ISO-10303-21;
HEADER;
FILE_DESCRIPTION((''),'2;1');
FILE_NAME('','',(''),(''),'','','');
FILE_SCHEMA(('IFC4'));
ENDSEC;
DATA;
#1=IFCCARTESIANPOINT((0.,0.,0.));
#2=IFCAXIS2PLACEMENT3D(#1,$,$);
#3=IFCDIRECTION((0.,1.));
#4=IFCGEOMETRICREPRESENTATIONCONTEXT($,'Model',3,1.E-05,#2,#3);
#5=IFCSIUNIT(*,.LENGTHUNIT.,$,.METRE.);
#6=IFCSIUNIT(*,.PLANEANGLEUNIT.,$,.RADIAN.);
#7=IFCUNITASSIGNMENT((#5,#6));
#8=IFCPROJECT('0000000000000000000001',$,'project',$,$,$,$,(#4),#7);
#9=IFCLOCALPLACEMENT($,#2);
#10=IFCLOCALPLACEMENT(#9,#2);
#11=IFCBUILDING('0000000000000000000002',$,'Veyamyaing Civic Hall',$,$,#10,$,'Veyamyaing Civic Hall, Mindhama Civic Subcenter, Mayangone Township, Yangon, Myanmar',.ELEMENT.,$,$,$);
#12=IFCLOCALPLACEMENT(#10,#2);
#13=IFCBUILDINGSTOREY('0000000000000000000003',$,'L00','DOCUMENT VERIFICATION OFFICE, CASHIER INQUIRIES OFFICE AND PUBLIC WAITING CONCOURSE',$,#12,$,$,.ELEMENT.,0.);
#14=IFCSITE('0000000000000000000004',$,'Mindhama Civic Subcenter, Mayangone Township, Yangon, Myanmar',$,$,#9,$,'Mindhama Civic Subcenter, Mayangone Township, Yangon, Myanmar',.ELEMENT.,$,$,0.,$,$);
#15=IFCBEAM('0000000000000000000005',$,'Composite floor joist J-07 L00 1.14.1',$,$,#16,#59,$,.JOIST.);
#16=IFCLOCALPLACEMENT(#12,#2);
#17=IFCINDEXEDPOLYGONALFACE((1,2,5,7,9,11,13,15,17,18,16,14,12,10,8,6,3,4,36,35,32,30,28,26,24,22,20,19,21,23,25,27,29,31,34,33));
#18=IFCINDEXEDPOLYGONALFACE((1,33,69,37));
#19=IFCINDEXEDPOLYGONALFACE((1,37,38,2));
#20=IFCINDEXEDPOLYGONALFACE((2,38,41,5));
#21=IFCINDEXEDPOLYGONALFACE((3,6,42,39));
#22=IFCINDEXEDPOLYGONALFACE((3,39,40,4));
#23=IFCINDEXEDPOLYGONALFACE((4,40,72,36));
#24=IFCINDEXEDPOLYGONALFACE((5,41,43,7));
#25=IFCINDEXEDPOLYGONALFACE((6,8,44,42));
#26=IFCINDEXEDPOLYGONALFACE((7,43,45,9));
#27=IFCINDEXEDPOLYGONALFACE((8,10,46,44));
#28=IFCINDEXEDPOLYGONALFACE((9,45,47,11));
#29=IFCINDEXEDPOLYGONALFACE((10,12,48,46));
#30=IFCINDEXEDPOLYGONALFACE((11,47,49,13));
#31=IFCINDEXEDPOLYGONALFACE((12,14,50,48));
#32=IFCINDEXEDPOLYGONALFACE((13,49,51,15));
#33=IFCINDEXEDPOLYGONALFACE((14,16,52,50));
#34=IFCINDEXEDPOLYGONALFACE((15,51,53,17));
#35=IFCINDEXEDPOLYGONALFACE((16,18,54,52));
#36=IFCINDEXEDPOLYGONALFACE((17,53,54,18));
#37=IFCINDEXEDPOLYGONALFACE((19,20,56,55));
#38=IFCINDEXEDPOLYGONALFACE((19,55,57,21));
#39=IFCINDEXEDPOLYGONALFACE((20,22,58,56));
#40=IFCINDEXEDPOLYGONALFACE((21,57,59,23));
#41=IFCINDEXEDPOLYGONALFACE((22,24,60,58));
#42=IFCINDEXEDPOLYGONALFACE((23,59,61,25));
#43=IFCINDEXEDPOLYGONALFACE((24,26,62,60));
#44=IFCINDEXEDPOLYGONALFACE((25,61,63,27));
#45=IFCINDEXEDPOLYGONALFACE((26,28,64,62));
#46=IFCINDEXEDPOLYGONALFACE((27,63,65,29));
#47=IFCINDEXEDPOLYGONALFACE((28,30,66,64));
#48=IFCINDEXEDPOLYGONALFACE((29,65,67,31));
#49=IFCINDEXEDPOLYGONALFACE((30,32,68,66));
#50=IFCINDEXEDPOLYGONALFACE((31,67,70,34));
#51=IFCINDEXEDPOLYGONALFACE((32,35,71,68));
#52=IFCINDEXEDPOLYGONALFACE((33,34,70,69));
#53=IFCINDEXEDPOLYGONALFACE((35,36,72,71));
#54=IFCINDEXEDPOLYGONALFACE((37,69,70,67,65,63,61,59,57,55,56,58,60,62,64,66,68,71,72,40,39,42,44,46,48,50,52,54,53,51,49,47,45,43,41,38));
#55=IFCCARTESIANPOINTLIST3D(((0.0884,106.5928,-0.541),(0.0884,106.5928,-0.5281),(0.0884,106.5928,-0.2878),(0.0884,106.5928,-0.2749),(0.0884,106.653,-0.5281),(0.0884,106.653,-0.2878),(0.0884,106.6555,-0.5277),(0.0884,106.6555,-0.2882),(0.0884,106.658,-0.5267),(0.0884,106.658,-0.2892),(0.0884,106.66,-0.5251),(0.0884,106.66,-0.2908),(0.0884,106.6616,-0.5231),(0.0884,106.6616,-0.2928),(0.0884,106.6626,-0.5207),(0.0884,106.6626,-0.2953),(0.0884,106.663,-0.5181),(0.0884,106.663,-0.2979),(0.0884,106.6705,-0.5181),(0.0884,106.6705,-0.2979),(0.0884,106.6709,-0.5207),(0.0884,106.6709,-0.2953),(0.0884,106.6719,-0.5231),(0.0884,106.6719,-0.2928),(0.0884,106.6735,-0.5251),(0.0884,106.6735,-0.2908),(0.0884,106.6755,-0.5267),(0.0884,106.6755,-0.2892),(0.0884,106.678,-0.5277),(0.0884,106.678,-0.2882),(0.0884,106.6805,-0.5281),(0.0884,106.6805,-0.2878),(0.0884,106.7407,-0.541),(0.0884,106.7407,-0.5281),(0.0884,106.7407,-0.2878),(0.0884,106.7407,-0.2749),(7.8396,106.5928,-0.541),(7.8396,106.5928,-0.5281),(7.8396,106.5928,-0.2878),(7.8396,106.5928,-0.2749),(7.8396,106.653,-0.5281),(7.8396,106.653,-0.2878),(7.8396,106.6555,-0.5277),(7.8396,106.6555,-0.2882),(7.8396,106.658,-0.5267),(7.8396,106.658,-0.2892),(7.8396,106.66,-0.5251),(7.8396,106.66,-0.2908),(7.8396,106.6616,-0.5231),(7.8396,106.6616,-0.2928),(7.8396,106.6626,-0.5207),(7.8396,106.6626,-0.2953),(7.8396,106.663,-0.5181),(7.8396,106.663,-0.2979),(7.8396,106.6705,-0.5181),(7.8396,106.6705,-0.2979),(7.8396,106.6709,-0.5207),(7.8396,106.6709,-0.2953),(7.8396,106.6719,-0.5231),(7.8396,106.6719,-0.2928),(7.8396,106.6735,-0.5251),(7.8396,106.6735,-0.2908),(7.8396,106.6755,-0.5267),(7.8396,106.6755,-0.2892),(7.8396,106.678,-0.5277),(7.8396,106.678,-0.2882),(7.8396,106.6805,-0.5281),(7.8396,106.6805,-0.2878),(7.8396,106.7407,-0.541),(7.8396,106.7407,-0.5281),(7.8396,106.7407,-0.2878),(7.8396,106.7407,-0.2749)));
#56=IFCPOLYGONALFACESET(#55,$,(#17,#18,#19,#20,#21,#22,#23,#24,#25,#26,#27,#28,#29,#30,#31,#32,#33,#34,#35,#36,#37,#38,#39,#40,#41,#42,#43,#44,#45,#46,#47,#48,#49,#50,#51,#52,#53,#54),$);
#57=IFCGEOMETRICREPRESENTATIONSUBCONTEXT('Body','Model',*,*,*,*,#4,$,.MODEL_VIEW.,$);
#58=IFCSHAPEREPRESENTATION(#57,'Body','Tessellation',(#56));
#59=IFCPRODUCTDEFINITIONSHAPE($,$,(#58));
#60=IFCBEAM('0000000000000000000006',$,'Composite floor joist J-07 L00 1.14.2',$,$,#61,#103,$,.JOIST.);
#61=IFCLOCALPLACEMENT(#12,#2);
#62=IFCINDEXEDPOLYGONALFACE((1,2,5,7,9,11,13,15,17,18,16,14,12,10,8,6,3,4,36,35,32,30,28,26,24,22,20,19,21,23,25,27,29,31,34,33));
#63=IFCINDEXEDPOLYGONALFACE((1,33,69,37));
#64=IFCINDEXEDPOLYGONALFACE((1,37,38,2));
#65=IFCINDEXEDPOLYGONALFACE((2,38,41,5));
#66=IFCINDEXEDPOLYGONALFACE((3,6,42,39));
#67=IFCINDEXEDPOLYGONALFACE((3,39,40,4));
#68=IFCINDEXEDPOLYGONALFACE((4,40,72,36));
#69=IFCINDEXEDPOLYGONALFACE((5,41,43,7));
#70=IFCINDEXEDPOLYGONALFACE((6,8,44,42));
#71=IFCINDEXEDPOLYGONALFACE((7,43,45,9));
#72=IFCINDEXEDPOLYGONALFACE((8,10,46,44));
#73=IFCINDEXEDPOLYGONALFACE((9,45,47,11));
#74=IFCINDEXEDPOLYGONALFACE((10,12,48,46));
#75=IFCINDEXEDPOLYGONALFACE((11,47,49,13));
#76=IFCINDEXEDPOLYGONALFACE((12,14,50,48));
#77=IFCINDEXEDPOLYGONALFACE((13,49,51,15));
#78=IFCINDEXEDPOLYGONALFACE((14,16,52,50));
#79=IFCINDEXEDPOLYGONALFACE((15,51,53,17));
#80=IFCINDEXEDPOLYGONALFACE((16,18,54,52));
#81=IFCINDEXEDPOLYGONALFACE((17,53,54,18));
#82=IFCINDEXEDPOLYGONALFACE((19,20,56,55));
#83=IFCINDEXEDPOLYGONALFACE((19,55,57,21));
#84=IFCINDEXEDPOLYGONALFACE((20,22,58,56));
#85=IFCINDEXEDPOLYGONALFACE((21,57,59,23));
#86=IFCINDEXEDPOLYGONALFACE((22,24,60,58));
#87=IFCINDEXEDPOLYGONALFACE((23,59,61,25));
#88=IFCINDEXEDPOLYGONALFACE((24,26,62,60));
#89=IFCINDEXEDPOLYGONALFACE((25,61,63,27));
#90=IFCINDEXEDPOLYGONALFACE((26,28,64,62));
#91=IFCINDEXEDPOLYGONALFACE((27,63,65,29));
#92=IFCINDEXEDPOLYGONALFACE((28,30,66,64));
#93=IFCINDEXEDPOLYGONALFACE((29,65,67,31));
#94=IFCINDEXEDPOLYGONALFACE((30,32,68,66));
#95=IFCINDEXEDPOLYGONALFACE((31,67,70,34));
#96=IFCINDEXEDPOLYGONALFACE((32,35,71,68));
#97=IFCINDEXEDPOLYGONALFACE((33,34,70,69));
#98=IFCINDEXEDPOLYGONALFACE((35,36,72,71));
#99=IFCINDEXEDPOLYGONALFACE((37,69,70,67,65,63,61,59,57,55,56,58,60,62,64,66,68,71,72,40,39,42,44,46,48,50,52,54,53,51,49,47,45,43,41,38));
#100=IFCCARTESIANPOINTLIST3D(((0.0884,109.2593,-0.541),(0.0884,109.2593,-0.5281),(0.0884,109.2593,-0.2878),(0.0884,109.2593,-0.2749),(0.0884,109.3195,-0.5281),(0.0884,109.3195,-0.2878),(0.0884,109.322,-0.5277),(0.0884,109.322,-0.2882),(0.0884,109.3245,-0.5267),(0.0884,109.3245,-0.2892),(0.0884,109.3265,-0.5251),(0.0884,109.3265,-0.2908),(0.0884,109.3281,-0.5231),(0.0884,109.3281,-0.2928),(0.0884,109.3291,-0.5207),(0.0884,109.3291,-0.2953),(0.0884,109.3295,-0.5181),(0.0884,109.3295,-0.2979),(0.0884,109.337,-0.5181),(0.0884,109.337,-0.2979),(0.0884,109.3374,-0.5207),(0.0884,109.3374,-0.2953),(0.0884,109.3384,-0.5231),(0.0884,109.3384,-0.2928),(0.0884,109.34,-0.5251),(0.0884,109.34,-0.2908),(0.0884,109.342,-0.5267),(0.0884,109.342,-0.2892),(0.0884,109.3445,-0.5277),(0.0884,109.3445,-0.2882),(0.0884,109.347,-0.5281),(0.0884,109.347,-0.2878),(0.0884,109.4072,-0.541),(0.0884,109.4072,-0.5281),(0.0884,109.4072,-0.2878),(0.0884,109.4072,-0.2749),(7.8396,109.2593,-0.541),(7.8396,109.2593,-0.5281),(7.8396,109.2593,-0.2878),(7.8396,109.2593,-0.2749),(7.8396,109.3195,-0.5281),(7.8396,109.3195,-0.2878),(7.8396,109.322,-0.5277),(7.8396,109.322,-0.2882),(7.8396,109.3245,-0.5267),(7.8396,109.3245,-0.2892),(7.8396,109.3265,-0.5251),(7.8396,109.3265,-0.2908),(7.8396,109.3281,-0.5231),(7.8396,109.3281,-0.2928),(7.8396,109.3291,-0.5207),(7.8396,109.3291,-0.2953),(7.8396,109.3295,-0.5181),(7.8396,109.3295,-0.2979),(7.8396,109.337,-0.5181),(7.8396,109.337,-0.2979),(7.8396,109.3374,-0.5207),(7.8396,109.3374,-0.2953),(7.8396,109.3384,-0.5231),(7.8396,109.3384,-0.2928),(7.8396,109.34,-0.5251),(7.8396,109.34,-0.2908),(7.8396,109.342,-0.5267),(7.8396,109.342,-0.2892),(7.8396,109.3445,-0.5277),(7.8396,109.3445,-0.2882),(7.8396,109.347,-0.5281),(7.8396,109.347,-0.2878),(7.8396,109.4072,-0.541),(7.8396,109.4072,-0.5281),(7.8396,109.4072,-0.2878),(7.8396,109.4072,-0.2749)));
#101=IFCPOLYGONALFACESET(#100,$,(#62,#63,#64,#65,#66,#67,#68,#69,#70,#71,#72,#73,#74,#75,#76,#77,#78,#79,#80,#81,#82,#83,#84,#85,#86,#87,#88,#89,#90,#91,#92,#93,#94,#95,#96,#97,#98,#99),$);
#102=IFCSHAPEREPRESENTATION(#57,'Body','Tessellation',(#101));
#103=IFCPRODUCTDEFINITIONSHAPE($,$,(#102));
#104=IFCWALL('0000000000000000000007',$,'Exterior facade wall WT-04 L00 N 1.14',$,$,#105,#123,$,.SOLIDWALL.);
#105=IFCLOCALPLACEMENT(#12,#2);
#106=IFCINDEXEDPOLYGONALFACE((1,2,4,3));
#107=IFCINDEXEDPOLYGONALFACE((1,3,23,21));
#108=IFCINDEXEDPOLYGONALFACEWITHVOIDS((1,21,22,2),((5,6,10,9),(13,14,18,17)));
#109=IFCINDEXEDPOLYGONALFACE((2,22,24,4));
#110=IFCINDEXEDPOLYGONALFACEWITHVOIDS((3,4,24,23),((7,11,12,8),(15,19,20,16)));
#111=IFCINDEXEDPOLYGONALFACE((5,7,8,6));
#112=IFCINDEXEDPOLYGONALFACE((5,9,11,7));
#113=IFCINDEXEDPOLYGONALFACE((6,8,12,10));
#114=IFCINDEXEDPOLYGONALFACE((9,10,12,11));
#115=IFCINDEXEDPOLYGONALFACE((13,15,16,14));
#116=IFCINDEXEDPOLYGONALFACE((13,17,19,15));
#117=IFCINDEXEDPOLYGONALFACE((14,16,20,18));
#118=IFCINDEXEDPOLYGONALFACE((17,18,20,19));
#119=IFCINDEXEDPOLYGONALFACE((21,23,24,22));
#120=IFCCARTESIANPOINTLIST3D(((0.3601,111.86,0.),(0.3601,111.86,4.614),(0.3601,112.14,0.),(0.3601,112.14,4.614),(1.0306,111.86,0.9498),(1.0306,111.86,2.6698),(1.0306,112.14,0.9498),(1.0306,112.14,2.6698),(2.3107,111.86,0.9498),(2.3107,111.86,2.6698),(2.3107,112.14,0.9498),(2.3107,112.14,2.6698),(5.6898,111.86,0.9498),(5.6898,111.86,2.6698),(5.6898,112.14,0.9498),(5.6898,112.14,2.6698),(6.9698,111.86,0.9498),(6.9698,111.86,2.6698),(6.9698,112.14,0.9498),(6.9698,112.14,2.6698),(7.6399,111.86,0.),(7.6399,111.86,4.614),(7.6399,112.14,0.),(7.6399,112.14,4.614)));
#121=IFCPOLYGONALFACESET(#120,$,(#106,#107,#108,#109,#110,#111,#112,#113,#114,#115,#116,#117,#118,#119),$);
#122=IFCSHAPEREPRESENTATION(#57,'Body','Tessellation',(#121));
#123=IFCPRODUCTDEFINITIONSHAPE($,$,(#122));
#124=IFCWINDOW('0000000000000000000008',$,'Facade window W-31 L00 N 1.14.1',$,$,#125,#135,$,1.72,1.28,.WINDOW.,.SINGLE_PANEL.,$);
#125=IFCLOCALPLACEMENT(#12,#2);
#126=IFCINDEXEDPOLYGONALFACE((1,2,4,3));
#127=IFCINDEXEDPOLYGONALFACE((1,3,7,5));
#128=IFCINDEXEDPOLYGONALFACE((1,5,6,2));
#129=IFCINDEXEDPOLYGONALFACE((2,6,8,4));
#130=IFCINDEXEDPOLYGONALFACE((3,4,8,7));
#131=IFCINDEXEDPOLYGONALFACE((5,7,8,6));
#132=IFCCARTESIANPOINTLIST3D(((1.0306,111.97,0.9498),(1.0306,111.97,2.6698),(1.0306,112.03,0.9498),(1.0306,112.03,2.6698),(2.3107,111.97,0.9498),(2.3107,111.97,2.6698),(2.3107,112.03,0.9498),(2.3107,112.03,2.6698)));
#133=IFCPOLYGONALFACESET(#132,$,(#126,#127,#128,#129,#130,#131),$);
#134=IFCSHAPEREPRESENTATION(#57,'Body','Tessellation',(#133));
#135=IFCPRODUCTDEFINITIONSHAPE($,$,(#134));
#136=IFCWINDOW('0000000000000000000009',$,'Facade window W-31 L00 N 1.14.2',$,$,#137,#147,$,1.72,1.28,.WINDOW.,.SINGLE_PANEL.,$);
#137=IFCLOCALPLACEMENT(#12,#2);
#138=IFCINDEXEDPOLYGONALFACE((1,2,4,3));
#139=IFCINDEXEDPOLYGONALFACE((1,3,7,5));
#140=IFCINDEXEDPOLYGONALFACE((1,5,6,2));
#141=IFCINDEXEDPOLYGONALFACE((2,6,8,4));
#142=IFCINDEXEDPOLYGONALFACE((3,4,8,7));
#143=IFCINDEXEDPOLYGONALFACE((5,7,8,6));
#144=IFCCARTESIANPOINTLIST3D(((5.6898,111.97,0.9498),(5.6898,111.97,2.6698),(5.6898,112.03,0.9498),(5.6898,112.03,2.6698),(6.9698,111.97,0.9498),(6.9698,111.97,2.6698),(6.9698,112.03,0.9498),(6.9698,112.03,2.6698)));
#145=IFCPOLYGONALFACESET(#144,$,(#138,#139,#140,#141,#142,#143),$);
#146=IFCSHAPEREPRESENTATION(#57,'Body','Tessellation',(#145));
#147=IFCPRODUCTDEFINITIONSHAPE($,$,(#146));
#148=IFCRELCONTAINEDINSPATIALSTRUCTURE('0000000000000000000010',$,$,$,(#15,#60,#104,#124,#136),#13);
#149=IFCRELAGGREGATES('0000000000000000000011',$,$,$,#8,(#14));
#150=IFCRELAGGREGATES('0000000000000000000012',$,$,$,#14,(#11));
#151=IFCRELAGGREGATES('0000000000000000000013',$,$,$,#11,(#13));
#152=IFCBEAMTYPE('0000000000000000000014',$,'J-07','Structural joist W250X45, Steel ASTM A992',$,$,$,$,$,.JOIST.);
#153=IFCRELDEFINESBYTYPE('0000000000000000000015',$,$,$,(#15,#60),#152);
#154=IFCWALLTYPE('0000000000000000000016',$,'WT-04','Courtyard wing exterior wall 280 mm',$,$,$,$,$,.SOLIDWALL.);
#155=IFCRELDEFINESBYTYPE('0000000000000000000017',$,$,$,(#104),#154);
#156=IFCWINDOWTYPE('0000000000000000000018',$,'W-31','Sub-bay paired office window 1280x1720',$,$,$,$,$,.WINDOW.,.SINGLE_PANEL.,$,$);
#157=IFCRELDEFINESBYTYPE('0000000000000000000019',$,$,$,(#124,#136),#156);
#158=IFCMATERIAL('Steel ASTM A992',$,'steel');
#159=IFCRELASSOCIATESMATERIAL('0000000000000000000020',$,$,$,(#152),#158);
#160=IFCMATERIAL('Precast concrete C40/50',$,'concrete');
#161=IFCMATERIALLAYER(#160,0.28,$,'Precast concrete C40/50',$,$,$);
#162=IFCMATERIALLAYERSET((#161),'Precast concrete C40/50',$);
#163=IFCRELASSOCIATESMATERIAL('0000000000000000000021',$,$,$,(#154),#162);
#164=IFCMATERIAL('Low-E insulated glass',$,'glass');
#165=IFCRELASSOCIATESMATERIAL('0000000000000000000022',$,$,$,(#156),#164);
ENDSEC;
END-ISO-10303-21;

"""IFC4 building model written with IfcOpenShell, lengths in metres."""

from ifc_helpers import new_model, si_unit, direction, frame, frame_2d, origin, origin_2d, place, context, subcontext, project, spatial, rectangle, i_section, extrude, material, layer, layer_set, material_profile, profile_set, type_object, element, fill, save


model = new_model("IFC4")

# Units and contexts
model_context = context("Model", 3, precision=1e-05, world=origin(), true_north=direction((0.0, 1.0)))
body_context = subcontext(model_context, "Body", "Model", "MODEL_VIEW")
ifc_project = project(units=[si_unit("LENGTHUNIT", "METRE"), si_unit("PLANEANGLEUNIT", "RADIAN")], contexts=[model_context])

# Site, building, storey
site_placement = place(None, origin())
site = spatial("IfcSite", under=ifc_project, at=site_placement, Name="Mindhama Civic Subcenter, Mayangone Township, Yangon, Myanmar", LongName="Mindhama Civic Subcenter, Mayangone Township, Yangon, Myanmar", CompositionType="ELEMENT", RefElevation=0.0)
building_placement = place(site_placement, origin())
building = spatial("IfcBuilding", under=site, at=building_placement, Name="Veyamyaing Civic Hall", LongName="Veyamyaing Civic Hall, Mindhama Civic Subcenter, Mayangone Township, Yangon, Myanmar", CompositionType="ELEMENT")
storey_placement = place(building_placement, origin())
storey = spatial("IfcBuildingStorey", under=building, at=storey_placement, Name="L00", Description="DOCUMENT VERIFICATION OFFICE, CASHIER INQUIRIES OFFICE AND PUBLIC WAITING CONCOURSE", CompositionType="ELEMENT", Elevation=0.0)

# Beams
ifc_material_1 = material(Name="Steel ASTM A992", Category="steel")
ifc_material_profile_1 = material_profile(ifc_material_1, i_section(OverallWidth=0.1479, OverallDepth=0.2661, WebThickness=0.0076, FlangeThickness=0.0129, FilletRadius=0.01, at=origin_2d()), Name="W250X45")
ifc_profile_set_1 = profile_set([ifc_material_profile_1], Name="Steel ASTM A992")
beam_type_1 = type_object("IfcBeamType", Name="J-07", Description="Structural joist W250X45, Steel ASTM A992", PredefinedType="JOIST", material=ifc_profile_set_1)
for number, where, z_axis, x_axis, name in (
    (1, (0.0884, 106.6667, -0.408), (1.0, 0.0, 0.0), (0.0, 1.0, 0.0), "Composite floor joist J-07 L00 1.14.1"),
    (2, (0.0884, 109.3333, -0.408), (1.0, 0.0, 0.0), (0.0, 1.0, 0.0), "Composite floor joist J-07 L00 1.14.2"),
):
    element("IfcBeam", number, at=place(storey_placement, frame(where, z_axis=z_axis, x_axis=x_axis)), inside=storey, type_object=beam_type_1, Name=name, PredefinedType="JOIST", context=body_context, shape_type="SweptSolid", body=[
        extrude(i_section(OverallWidth=0.1479, OverallDepth=0.2661, WebThickness=0.0076, FlangeThickness=0.0129, FilletRadius=0.01, at=origin_2d()), origin(), (0.0, 0.0, 1.0), 7.7512),
    ])

# Wall, openings, windows
ifc_material_2 = material(Name="Precast concrete C40/50", Category="concrete")
ifc_layer_1 = layer(ifc_material_2, 0.28, Name="Precast concrete C40/50")
ifc_layer_set_1 = layer_set([ifc_layer_1], Name="Precast concrete C40/50")
wall_type_1 = type_object("IfcWallType", Name="WT-04", Description="Courtyard wing exterior wall 280 mm", PredefinedType="SOLIDWALL", material=ifc_layer_set_1)
wall_1_placement = place(storey_placement, frame((0.3601, 112.0, 0.0), z_axis=(0.0, 0.0, 1.0), x_axis=(1.0, 0.0, 0.0)))
wall_1 = element("IfcWall", 3, at=wall_1_placement, inside=storey, type_object=wall_type_1, Name="Exterior facade wall WT-04 L00 N 1.14", PredefinedType="SOLIDWALL", context=body_context, shape_type="SweptSolid", body=[
    extrude(rectangle(XDim=7.2798, YDim=0.28, at=frame_2d((3.6399, 0.0))), origin(), (0.0, 0.0, 1.0), 4.614),
])
opening_1_placement = place(wall_1_placement, frame((0.6704, 0.0, 0.95)))
opening_1 = element("IfcOpeningElement", 4, at=opening_1_placement, cuts=wall_1, PredefinedType="OPENING", context=body_context, shape_type="SweptSolid", body=[
    extrude(rectangle(XDim=1.28, YDim=1.72, at=frame_2d((0.6401, 0.8599))), frame((0.0, 0.1499, 0.0), z_axis=(0.0, -1.0, 0.0), x_axis=(1.0, 0.0, 0.0)), (0.0, 0.0, 1.0), 0.3),
])
opening_2_placement = place(wall_1_placement, frame((5.3296, 0.0, 0.95)))
opening_2 = element("IfcOpeningElement", 5, at=opening_2_placement, cuts=wall_1, PredefinedType="OPENING", context=body_context, shape_type="SweptSolid", body=[
    extrude(rectangle(XDim=1.28, YDim=1.72, at=frame_2d((0.6401, 0.8599))), frame((0.0, 0.1499, 0.0), z_axis=(0.0, -1.0, 0.0), x_axis=(1.0, 0.0, 0.0)), (0.0, 0.0, 1.0), 0.3),
])
ifc_material_3 = material(Name="Low-E insulated glass", Category="glass")
window_type = type_object("IfcWindowType", Name="W-31", Description="Sub-bay paired office window 1280x1720", PartitioningType="SINGLE_PANEL", PredefinedType="WINDOW", material=ifc_material_3)
window_1_placement = place(opening_1_placement, origin())
window_1 = element("IfcWindow", 6, at=window_1_placement, inside=storey, type_object=window_type, Name="Facade window W-31 L00 N 1.14.1", OverallHeight=1.72, OverallWidth=1.28, PartitioningType="SINGLE_PANEL", PredefinedType="WINDOW", context=body_context, shape_type="SweptSolid", body=[
    extrude(rectangle(XDim=1.28, YDim=1.72, at=frame_2d((0.6401, 0.8599))), frame((0.0, 0.03, 0.0), z_axis=(0.0, -1.0, 0.0), x_axis=(1.0, 0.0, 0.0)), (0.0, 0.0, 1.0), 0.0601),
])
fill(opening_1, window_1)
window_2_placement = place(opening_2_placement, origin())
window_2 = element("IfcWindow", 7, at=window_2_placement, inside=storey, type_object=window_type, Name="Facade window W-31 L00 N 1.14.2", OverallHeight=1.72, OverallWidth=1.28, PartitioningType="SINGLE_PANEL", PredefinedType="WINDOW", context=body_context, shape_type="SweptSolid", body=[
    extrude(rectangle(XDim=1.28, YDim=1.72, at=frame_2d((0.6401, 0.8599))), frame((0.0, 0.03, 0.0), z_axis=(0.0, -1.0, 0.0), x_axis=(1.0, 0.0, 0.0)), (0.0, 0.0, 1.0), 0.0601),
])
fill(opening_2, window_2)

save(model, "model.ifc")
